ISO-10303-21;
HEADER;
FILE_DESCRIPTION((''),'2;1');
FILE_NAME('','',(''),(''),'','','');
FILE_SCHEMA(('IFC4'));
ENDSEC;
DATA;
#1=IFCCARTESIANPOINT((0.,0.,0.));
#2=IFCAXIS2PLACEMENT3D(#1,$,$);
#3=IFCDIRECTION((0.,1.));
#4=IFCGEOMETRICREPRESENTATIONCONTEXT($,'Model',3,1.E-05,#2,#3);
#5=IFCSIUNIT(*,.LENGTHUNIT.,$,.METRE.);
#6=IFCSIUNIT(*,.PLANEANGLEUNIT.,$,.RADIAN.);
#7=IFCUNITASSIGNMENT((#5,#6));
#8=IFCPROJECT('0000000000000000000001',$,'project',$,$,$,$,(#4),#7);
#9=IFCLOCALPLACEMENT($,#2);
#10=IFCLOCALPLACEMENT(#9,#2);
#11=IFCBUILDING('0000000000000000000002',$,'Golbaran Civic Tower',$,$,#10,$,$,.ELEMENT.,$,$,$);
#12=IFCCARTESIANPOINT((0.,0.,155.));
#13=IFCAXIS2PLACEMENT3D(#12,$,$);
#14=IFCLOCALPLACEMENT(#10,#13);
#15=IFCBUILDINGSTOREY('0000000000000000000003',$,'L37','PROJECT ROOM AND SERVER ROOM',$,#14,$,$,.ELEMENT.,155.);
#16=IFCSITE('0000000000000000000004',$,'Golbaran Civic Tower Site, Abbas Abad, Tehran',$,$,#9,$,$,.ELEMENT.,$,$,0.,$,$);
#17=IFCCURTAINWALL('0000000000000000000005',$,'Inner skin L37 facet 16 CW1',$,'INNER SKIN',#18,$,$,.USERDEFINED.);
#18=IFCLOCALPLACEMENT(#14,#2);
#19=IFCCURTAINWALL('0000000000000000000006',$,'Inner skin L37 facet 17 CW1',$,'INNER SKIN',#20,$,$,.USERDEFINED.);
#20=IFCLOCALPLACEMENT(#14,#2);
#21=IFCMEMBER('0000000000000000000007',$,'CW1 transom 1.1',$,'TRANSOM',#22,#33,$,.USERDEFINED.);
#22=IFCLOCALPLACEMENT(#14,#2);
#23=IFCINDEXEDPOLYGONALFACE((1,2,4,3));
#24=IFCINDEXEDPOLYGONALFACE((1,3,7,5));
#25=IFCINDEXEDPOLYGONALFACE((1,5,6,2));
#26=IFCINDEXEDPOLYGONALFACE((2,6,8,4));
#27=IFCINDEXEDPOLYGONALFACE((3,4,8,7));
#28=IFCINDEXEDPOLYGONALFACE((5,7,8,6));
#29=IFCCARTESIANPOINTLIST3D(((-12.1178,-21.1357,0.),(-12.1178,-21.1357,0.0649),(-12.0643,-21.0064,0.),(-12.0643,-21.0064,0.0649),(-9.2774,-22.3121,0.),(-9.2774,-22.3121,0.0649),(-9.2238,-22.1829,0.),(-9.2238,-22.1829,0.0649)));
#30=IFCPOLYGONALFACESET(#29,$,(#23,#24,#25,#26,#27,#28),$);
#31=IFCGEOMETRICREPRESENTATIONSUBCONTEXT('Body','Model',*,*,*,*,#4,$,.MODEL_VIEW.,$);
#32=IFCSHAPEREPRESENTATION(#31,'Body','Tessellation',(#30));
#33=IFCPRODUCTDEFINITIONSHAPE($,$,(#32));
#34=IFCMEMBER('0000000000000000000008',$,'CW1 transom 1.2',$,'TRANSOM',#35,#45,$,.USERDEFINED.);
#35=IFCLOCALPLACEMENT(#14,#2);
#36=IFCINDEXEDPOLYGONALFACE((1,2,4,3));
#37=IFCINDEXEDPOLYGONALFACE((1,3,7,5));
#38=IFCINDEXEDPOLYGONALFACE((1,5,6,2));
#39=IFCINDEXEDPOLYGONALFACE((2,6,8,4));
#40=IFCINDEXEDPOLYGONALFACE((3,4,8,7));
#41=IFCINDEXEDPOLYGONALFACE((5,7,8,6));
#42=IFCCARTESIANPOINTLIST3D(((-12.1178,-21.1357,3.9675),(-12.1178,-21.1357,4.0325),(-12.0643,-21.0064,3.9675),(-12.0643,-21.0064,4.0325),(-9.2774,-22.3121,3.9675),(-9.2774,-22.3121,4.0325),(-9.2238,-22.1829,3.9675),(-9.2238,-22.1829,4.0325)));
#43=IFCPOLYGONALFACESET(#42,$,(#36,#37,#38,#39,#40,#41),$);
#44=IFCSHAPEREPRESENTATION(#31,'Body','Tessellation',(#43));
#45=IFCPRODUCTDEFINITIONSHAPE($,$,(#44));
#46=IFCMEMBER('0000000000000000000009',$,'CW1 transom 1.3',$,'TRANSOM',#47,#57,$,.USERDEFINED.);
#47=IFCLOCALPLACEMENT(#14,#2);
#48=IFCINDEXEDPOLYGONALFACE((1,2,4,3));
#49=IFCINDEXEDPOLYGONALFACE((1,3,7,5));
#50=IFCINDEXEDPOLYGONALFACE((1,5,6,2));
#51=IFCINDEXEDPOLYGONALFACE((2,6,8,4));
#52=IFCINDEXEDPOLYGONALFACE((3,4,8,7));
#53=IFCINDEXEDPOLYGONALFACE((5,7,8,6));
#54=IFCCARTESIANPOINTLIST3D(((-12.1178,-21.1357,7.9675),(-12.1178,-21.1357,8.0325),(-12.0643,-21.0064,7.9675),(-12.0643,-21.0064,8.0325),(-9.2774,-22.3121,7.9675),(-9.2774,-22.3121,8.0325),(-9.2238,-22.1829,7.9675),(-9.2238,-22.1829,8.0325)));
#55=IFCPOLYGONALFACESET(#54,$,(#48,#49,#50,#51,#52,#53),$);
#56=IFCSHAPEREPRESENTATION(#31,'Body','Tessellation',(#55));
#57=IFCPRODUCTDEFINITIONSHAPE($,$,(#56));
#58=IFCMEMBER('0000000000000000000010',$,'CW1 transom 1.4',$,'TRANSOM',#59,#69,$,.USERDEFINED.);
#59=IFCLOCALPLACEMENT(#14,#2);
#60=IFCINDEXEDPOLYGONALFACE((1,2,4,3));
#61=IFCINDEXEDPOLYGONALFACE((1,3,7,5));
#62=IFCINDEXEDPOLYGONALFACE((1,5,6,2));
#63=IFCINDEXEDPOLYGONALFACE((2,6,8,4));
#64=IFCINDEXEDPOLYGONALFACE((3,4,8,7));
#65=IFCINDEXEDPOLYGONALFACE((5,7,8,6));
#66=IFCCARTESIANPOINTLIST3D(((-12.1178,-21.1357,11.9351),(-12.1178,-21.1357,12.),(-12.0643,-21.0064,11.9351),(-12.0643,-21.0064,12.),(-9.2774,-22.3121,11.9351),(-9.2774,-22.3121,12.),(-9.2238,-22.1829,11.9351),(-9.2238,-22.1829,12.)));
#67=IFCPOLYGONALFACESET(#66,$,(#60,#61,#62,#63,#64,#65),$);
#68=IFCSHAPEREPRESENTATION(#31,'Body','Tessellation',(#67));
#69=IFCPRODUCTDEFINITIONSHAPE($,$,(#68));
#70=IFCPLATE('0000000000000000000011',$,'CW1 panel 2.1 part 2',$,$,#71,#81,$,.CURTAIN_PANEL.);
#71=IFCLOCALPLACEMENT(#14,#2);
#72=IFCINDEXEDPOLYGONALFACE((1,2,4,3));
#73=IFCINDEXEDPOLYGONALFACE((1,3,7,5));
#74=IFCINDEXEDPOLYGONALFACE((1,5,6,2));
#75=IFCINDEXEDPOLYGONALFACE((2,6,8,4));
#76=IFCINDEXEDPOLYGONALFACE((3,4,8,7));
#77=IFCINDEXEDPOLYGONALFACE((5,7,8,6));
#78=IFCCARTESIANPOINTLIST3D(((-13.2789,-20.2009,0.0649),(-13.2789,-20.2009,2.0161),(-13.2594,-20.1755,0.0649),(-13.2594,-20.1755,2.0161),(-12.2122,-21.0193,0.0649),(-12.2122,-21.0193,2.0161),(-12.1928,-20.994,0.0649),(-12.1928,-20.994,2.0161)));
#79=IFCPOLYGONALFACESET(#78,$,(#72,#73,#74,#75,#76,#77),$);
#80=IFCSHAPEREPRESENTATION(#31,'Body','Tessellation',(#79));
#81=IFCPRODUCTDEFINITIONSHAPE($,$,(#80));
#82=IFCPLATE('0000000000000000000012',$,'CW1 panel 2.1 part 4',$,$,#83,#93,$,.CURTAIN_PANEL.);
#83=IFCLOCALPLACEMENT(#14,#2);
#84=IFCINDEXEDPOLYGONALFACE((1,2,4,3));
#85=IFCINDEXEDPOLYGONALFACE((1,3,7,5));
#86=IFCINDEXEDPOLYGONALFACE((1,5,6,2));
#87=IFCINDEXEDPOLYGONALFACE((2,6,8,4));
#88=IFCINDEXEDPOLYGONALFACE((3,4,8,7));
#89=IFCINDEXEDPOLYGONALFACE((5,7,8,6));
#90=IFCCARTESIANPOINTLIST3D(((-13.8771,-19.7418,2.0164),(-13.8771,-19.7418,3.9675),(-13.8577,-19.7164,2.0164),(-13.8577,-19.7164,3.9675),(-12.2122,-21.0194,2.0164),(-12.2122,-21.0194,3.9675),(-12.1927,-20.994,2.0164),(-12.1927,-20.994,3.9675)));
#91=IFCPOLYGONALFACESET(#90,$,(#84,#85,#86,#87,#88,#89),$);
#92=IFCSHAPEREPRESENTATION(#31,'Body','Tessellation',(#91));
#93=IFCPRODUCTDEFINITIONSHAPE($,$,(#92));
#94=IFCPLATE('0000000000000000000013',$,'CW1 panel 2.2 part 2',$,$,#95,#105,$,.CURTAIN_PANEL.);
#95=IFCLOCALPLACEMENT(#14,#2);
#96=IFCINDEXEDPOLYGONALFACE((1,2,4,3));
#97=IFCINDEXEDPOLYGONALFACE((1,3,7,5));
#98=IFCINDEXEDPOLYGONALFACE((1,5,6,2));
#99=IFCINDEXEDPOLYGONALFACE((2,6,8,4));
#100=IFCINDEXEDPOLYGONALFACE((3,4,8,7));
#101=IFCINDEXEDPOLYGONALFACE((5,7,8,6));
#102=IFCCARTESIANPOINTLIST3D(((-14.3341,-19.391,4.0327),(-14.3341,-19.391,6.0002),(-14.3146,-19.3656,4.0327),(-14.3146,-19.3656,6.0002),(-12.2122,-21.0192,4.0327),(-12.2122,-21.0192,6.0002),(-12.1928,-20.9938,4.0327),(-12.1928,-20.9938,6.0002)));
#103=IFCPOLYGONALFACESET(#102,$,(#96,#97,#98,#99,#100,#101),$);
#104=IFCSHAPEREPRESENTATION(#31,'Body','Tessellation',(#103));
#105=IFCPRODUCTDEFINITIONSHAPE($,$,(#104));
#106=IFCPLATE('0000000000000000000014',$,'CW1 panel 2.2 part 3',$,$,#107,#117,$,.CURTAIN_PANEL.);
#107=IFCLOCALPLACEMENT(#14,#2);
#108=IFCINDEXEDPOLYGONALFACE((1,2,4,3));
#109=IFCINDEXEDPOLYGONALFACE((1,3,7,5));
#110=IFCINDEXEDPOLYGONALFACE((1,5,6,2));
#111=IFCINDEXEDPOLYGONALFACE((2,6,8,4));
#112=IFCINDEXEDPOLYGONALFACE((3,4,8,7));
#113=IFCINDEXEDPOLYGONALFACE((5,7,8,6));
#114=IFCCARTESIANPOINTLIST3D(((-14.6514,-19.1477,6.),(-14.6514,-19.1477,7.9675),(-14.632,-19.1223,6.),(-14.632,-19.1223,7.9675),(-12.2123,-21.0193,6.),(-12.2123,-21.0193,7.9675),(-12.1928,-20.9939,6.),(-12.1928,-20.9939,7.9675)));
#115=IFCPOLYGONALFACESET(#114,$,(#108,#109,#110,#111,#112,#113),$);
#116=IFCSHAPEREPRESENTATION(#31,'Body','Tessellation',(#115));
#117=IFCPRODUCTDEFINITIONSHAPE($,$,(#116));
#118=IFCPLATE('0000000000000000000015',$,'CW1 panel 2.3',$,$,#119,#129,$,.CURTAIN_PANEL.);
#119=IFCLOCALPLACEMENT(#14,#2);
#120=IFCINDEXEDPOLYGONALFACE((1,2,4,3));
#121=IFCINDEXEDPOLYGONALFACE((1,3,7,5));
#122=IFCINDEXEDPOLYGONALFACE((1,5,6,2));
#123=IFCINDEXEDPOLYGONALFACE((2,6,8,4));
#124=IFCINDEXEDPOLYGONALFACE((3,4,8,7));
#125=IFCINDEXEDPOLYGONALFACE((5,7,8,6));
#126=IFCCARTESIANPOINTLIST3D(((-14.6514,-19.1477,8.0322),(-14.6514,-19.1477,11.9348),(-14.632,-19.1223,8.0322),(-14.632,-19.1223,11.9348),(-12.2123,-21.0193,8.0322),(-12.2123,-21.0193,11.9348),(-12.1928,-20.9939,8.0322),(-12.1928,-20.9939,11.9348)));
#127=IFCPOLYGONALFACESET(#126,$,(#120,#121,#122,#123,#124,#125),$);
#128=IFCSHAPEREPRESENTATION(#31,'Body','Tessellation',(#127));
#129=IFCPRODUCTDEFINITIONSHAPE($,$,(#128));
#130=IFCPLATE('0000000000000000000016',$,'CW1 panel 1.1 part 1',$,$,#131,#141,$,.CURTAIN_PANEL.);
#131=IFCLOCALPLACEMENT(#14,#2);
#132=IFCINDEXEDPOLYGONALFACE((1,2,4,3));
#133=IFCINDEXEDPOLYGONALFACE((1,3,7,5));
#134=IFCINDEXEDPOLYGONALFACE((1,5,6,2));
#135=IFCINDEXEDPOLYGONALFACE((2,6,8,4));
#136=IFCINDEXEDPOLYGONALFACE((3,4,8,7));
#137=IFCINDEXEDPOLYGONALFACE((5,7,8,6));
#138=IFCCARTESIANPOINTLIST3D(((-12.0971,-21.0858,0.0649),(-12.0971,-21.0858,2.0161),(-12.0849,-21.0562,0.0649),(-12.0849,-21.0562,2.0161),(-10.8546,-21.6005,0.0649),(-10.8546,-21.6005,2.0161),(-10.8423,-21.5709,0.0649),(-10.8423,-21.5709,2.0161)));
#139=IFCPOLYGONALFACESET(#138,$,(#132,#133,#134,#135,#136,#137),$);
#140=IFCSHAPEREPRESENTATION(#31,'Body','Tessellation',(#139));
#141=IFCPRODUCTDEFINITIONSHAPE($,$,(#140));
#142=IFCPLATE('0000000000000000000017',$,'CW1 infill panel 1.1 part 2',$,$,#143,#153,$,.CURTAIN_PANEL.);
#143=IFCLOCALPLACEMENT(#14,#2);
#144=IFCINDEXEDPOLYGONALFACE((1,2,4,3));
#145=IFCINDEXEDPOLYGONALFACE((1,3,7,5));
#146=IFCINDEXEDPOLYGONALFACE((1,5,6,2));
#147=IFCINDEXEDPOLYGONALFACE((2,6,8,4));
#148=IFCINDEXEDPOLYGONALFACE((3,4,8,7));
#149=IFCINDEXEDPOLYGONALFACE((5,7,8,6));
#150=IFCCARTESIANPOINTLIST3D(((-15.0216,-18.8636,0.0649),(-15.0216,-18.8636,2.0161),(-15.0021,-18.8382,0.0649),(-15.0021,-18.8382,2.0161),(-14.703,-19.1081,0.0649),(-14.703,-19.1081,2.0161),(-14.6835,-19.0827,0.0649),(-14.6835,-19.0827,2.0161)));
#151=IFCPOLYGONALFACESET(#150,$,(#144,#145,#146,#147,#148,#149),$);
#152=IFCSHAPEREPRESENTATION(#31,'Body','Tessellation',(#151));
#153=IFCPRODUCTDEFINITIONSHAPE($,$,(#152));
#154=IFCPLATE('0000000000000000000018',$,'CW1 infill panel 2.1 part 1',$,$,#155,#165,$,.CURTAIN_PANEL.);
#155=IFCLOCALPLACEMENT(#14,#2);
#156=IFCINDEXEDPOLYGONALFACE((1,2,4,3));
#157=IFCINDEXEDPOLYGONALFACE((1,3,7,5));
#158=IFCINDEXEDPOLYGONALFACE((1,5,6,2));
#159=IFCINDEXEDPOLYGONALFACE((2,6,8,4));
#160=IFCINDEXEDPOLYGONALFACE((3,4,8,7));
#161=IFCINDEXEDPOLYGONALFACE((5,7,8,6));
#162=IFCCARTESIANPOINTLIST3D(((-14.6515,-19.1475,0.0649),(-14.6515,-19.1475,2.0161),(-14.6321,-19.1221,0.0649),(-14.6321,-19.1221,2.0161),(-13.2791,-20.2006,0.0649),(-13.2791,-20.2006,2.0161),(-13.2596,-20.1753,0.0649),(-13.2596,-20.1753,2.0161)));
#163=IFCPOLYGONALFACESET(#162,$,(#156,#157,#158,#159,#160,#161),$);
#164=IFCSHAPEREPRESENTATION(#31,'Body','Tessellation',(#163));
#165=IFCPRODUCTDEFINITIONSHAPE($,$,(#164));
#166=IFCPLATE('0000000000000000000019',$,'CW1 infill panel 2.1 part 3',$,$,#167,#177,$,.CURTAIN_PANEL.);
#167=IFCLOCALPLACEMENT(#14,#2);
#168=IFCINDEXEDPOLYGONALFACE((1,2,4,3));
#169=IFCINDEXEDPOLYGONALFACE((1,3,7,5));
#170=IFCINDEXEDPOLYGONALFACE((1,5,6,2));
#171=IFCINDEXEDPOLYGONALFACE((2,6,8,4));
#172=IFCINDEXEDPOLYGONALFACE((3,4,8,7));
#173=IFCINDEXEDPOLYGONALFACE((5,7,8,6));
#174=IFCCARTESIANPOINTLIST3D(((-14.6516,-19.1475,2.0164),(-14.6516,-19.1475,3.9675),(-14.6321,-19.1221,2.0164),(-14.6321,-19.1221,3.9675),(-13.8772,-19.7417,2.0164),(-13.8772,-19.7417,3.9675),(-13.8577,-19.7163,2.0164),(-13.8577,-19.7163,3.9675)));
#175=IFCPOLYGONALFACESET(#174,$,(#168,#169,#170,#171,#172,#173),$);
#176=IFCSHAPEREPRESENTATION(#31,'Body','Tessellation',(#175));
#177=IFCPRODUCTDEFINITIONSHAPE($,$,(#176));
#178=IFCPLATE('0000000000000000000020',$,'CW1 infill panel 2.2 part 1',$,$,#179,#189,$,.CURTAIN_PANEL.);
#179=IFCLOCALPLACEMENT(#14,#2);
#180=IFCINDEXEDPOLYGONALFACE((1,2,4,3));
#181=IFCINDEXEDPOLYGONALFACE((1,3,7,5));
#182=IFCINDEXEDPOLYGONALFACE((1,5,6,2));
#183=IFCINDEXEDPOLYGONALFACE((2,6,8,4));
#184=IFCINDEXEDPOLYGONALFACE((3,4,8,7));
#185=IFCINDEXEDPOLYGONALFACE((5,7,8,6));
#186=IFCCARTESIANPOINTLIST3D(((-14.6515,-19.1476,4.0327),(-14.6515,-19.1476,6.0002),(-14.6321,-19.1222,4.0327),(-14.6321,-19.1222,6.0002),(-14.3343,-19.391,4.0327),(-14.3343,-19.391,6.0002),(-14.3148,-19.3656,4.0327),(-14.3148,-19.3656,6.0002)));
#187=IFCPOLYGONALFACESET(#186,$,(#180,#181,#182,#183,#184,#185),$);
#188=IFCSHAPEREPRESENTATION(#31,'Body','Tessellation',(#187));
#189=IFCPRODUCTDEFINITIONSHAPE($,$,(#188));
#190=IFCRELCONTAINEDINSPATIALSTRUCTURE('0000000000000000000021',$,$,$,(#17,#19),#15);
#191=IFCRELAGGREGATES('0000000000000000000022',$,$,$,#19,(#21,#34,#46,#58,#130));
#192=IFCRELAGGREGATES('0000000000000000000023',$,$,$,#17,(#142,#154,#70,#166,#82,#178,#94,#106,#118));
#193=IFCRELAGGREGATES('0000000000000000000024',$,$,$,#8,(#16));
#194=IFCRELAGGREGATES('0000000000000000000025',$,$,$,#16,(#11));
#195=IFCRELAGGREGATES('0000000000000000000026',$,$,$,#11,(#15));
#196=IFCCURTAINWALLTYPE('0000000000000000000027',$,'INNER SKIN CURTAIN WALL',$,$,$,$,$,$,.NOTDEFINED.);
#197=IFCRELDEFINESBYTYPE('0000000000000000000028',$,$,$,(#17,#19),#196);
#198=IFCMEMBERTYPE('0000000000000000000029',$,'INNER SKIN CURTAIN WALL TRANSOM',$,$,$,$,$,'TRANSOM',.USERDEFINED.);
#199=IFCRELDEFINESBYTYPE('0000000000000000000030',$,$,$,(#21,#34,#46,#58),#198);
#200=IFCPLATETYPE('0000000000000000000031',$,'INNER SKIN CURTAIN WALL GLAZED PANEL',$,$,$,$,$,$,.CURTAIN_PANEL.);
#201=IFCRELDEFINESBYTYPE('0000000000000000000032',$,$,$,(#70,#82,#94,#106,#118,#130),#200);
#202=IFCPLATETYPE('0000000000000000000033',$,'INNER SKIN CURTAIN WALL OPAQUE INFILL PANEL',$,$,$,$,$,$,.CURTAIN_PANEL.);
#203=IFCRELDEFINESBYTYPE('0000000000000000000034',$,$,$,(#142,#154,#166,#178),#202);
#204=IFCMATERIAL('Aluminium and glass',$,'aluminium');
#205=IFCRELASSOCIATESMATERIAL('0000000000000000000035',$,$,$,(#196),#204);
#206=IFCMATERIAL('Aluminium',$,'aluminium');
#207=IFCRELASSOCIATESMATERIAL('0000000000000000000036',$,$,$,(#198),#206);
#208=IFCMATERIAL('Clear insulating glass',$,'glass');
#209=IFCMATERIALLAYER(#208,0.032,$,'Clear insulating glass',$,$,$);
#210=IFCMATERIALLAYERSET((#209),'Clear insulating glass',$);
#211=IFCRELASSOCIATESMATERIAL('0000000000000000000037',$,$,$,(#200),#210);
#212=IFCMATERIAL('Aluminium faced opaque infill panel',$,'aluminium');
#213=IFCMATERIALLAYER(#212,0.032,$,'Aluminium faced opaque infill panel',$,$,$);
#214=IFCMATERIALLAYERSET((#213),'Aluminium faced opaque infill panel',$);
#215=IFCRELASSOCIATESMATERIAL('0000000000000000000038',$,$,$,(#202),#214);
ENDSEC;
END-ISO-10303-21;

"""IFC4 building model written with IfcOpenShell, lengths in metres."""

from ifc_helpers import new_model, si_unit, direction, frame, origin, origin_2d, place, context, subcontext, project, spatial, rectangle, extrude, material, layer, layer_set, material_profile, profile_set, type_object, element, aggregate, save


model = new_model("IFC4")

# Units and contexts
model_context = context("Model", 3, precision=1e-05, world=origin(), true_north=direction((0.0, 1.0)))
body_context = subcontext(model_context, "Body", "Model", "MODEL_VIEW")
ifc_project = project(units=[si_unit("LENGTHUNIT", "METRE"), si_unit("PLANEANGLEUNIT", "RADIAN")], contexts=[model_context])

# Site, building, storey
site_placement = place(None, origin())
site = spatial("IfcSite", under=ifc_project, at=site_placement, Name="Golbaran Civic Tower Site, Abbas Abad, Tehran", CompositionType="ELEMENT", RefElevation=0.0)
building_placement = place(site_placement, origin())
building = spatial("IfcBuilding", under=site, at=building_placement, Name="Golbaran Civic Tower", CompositionType="ELEMENT")
storey_placement = place(building_placement, frame((0.0, 0.0, 155.0)))
storey = spatial("IfcBuildingStorey", under=building, at=storey_placement, Name="L37", Description="PROJECT ROOM AND SERVER ROOM", CompositionType="ELEMENT", Elevation=155.0)

# Curtain wall
ifc_material_1 = material(Name="Aluminium and glass", Category="aluminium")
curtain_wall_type = type_object("IfcCurtainWallType", Name="INNER SKIN CURTAIN WALL", PredefinedType="NOTDEFINED", material=ifc_material_1)
curtain_wall_1_placement = place(storey_placement, origin())
curtain_wall_1 = element("IfcCurtainWall", 1, at=curtain_wall_1_placement, inside=storey, type_object=curtain_wall_type, Name="Inner skin L37 facet 16 CW1", ObjectType="INNER SKIN", PredefinedType="USERDEFINED")
ifc_material_2 = material(Name="Aluminium", Category="aluminium")

# Curtain wall
curtain_wall_2_placement = place(storey_placement, origin())
curtain_wall_2 = element("IfcCurtainWall", 2, at=curtain_wall_2_placement, inside=storey, type_object=curtain_wall_type, Name="Inner skin L37 facet 17 CW1", ObjectType="INNER SKIN", PredefinedType="USERDEFINED")

# Members
ifc_material_profile_1 = material_profile(ifc_material_2, rectangle(XDim=0.1399, YDim=0.0649, at=origin_2d()), Name="INNER SKIN CURTAIN WALL TRANSOM")
ifc_profile_set_1 = profile_set([ifc_material_profile_1], Name="Aluminium")
member_type_1 = type_object("IfcMemberType", Name="INNER SKIN CURTAIN WALL TRANSOM", ElementType="TRANSOM", PredefinedType="USERDEFINED", material=ifc_profile_set_1)
member_1_placement = place(storey_placement, frame((-12.0911, -21.071, 0.0325), z_axis=(0.92389, -0.382658, 0.0), x_axis=(0.382658, 0.92389, 0.0)))
member_1 = element("IfcMember", 3, at=member_1_placement, type_object=member_type_1, Name="CW1 transom 1.1", ObjectType="TRANSOM", PredefinedType="USERDEFINED", context=body_context, shape_type="SweptSolid", body=[
    extrude(rectangle(XDim=0.1399, YDim=0.0649, at=origin_2d()), origin(), (0.0, 0.0, 1.0), 3.0745),
])
member_2_placement = place(storey_placement, frame((-12.0911, -21.071, 4.0), z_axis=(0.92389, -0.382658, 0.0), x_axis=(0.382658, 0.92389, 0.0)))
member_2 = element("IfcMember", 4, at=member_2_placement, type_object=member_type_1, Name="CW1 transom 1.2", ObjectType="TRANSOM", PredefinedType="USERDEFINED", context=body_context, shape_type="SweptSolid", body=[
    extrude(rectangle(XDim=0.1399, YDim=0.0649, at=origin_2d()), origin(), (0.0, 0.0, 1.0), 3.0745),
])
member_3_placement = place(storey_placement, frame((-12.0911, -21.071, 8.0), z_axis=(0.92389, -0.382658, 0.0), x_axis=(0.382658, 0.92389, 0.0)))
member_3 = element("IfcMember", 5, at=member_3_placement, type_object=member_type_1, Name="CW1 transom 1.3", ObjectType="TRANSOM", PredefinedType="USERDEFINED", context=body_context, shape_type="SweptSolid", body=[
    extrude(rectangle(XDim=0.1399, YDim=0.0649, at=origin_2d()), origin(), (0.0, 0.0, 1.0), 3.0745),
])
member_4_placement = place(storey_placement, frame((-12.0911, -21.071, 11.9675), z_axis=(0.92389, -0.382658, 0.0), x_axis=(0.382658, 0.92389, 0.0)))
member_4 = element("IfcMember", 6, at=member_4_placement, type_object=member_type_1, Name="CW1 transom 1.4", ObjectType="TRANSOM", PredefinedType="USERDEFINED", context=body_context, shape_type="SweptSolid", body=[
    extrude(rectangle(XDim=0.1399, YDim=0.0649, at=origin_2d()), origin(), (0.0, 0.0, 1.0), 3.0745),
])

# Plates
ifc_material_3 = material(Name="Clear insulating glass", Category="glass")
ifc_layer_1 = layer(ifc_material_3, 0.032, Name="Clear insulating glass")
ifc_layer_set_1 = layer_set([ifc_layer_1], Name="Clear insulating glass")
plate_type_1 = type_object("IfcPlateType", Name="INNER SKIN CURTAIN WALL GLAZED PANEL", PredefinedType="CURTAIN_PANEL", material=ifc_layer_set_1)
plate_1_placement = place(storey_placement, frame((-12.7358, -20.5974, 0.0649), z_axis=(0.0, 0.0, 1.0), x_axis=(0.793353, -0.608761, 0.0)))
plate_1 = element("IfcPlate", 7, at=plate_1_placement, type_object=plate_type_1, Name="CW1 panel 2.1 part 2", PredefinedType="CURTAIN_PANEL", context=body_context, shape_type="SweptSolid", body=[
    extrude(rectangle(XDim=1.3445, YDim=0.032, at=origin_2d()), origin(), (0.0, 0.0, 1.0), 1.9512),
])
plate_2_placement = place(storey_placement, frame((-13.0349, -20.3679, 2.0164), z_axis=(0.0, 0.0, 1.0), x_axis=(0.793353, -0.608761, 0.0)))
plate_2 = element("IfcPlate", 8, at=plate_2_placement, type_object=plate_type_1, Name="CW1 panel 2.1 part 4", PredefinedType="CURTAIN_PANEL", context=body_context, shape_type="SweptSolid", body=[
    extrude(rectangle(XDim=2.0986, YDim=0.032, at=origin_2d()), origin(), (0.0, 0.0, 1.0), 1.9512),
])
plate_3_placement = place(storey_placement, frame((-13.2634, -20.1924, 4.0327), z_axis=(0.0, 0.0, 1.0), x_axis=(0.793353, -0.608761, 0.0)))
plate_3 = element("IfcPlate", 9, at=plate_3_placement, type_object=plate_type_1, Name="CW1 panel 2.2 part 2", PredefinedType="CURTAIN_PANEL", context=body_context, shape_type="SweptSolid", body=[
    extrude(rectangle(XDim=2.6746, YDim=0.032, at=origin_2d()), origin(), (0.0, 0.0, 1.0), 1.9675),
])
plate_4_placement = place(storey_placement, frame((-13.4221, -20.0708, 6.0), z_axis=(0.0, 0.0, 1.0), x_axis=(0.793353, -0.608761, 0.0)))
plate_4 = element("IfcPlate", 10, at=plate_4_placement, type_object=plate_type_1, Name="CW1 panel 2.2 part 3", PredefinedType="CURTAIN_PANEL", context=body_context, shape_type="SweptSolid", body=[
    extrude(rectangle(XDim=3.0745, YDim=0.032, at=origin_2d()), origin(), (0.0, 0.0, 1.0), 1.9675),
])
plate_5_placement = place(storey_placement, frame((-13.4221, -20.0708, 8.0322), z_axis=(0.0, 0.0, 1.0), x_axis=(0.793353, -0.608761, 0.0)))
plate_5 = element("IfcPlate", 11, at=plate_5_placement, type_object=plate_type_1, Name="CW1 panel 2.3", PredefinedType="CURTAIN_PANEL", context=body_context, shape_type="SweptSolid", body=[
    extrude(rectangle(XDim=3.0745, YDim=0.032, at=origin_2d()), origin(), (0.0, 0.0, 1.0), 3.9026),
])
plate_6_placement = place(storey_placement, frame((-11.4697, -21.3284, 0.0649), z_axis=(0.0, 0.0, 1.0), x_axis=(0.92388, -0.382683, 0.0)))
plate_6 = element("IfcPlate", 12, at=plate_6_placement, type_object=plate_type_1, Name="CW1 panel 1.1 part 1", PredefinedType="CURTAIN_PANEL", context=body_context, shape_type="SweptSolid", body=[
    extrude(rectangle(XDim=1.345, YDim=0.032, at=origin_2d()), origin(), (0.0, 0.0, 1.0), 1.9512),
])
aggregate(curtain_wall_2, [member_1, member_2, member_3, member_4, plate_6])
ifc_material_4 = material(Name="Aluminium faced opaque infill panel", Category="aluminium")
ifc_layer_2 = layer(ifc_material_4, 0.032, Name="Aluminium faced opaque infill panel")
ifc_layer_set_2 = layer_set([ifc_layer_2], Name="Aluminium faced opaque infill panel")
plate_type_2 = type_object("IfcPlateType", Name="INNER SKIN CURTAIN WALL OPAQUE INFILL PANEL", PredefinedType="CURTAIN_PANEL", material=ifc_layer_set_2)
plate_7_placement = place(storey_placement, frame((-14.8525, -18.9731, 0.0649), z_axis=(0.0, 0.0, 1.0), x_axis=(0.793353, -0.608761, 0.0)))
plate_7 = element("IfcPlate", 13, at=plate_7_placement, type_object=plate_type_2, Name="CW1 infill panel 1.1 part 2", PredefinedType="CURTAIN_PANEL", context=body_context, shape_type="SweptSolid", body=[
    extrude(rectangle(XDim=0.4016, YDim=0.032, at=origin_2d()), origin(), (0.0, 0.0, 1.0), 1.9512),
])
plate_8_placement = place(storey_placement, frame((-13.9556, -19.6614, 0.0649), z_axis=(0.0, 0.0, 1.0), x_axis=(0.793353, -0.608761, 0.0)))
plate_8 = element("IfcPlate", 14, at=plate_8_placement, type_object=plate_type_2, Name="CW1 infill panel 2.1 part 1", PredefinedType="CURTAIN_PANEL", context=body_context, shape_type="SweptSolid", body=[
    extrude(rectangle(XDim=1.73, YDim=0.032, at=origin_2d()), origin(), (0.0, 0.0, 1.0), 1.9512),
])
plate_9_placement = place(storey_placement, frame((-14.2546, -19.4319, 2.0164), z_axis=(0.0, 0.0, 1.0), x_axis=(0.793353, -0.608761, 0.0)))
plate_9 = element("IfcPlate", 15, at=plate_9_placement, type_object=plate_type_2, Name="CW1 infill panel 2.1 part 3", PredefinedType="CURTAIN_PANEL", context=body_context, shape_type="SweptSolid", body=[
    extrude(rectangle(XDim=0.9761, YDim=0.032, at=origin_2d()), origin(), (0.0, 0.0, 1.0), 1.9512),
])
plate_10_placement = place(storey_placement, frame((-14.4832, -19.2566, 4.0327), z_axis=(0.0, 0.0, 1.0), x_axis=(0.793353, -0.608761, 0.0)))
plate_10 = element("IfcPlate", 16, at=plate_10_placement, type_object=plate_type_2, Name="CW1 infill panel 2.2 part 1", PredefinedType="CURTAIN_PANEL", context=body_context, shape_type="SweptSolid", body=[
    extrude(rectangle(XDim=0.3999, YDim=0.032, at=origin_2d()), origin(), (0.0, 0.0, 1.0), 1.9675),
])
aggregate(curtain_wall_1, [plate_7, plate_8, plate_1, plate_9, plate_2, plate_10, plate_3, plate_4, plate_5])

save(model, "model.ifc")
